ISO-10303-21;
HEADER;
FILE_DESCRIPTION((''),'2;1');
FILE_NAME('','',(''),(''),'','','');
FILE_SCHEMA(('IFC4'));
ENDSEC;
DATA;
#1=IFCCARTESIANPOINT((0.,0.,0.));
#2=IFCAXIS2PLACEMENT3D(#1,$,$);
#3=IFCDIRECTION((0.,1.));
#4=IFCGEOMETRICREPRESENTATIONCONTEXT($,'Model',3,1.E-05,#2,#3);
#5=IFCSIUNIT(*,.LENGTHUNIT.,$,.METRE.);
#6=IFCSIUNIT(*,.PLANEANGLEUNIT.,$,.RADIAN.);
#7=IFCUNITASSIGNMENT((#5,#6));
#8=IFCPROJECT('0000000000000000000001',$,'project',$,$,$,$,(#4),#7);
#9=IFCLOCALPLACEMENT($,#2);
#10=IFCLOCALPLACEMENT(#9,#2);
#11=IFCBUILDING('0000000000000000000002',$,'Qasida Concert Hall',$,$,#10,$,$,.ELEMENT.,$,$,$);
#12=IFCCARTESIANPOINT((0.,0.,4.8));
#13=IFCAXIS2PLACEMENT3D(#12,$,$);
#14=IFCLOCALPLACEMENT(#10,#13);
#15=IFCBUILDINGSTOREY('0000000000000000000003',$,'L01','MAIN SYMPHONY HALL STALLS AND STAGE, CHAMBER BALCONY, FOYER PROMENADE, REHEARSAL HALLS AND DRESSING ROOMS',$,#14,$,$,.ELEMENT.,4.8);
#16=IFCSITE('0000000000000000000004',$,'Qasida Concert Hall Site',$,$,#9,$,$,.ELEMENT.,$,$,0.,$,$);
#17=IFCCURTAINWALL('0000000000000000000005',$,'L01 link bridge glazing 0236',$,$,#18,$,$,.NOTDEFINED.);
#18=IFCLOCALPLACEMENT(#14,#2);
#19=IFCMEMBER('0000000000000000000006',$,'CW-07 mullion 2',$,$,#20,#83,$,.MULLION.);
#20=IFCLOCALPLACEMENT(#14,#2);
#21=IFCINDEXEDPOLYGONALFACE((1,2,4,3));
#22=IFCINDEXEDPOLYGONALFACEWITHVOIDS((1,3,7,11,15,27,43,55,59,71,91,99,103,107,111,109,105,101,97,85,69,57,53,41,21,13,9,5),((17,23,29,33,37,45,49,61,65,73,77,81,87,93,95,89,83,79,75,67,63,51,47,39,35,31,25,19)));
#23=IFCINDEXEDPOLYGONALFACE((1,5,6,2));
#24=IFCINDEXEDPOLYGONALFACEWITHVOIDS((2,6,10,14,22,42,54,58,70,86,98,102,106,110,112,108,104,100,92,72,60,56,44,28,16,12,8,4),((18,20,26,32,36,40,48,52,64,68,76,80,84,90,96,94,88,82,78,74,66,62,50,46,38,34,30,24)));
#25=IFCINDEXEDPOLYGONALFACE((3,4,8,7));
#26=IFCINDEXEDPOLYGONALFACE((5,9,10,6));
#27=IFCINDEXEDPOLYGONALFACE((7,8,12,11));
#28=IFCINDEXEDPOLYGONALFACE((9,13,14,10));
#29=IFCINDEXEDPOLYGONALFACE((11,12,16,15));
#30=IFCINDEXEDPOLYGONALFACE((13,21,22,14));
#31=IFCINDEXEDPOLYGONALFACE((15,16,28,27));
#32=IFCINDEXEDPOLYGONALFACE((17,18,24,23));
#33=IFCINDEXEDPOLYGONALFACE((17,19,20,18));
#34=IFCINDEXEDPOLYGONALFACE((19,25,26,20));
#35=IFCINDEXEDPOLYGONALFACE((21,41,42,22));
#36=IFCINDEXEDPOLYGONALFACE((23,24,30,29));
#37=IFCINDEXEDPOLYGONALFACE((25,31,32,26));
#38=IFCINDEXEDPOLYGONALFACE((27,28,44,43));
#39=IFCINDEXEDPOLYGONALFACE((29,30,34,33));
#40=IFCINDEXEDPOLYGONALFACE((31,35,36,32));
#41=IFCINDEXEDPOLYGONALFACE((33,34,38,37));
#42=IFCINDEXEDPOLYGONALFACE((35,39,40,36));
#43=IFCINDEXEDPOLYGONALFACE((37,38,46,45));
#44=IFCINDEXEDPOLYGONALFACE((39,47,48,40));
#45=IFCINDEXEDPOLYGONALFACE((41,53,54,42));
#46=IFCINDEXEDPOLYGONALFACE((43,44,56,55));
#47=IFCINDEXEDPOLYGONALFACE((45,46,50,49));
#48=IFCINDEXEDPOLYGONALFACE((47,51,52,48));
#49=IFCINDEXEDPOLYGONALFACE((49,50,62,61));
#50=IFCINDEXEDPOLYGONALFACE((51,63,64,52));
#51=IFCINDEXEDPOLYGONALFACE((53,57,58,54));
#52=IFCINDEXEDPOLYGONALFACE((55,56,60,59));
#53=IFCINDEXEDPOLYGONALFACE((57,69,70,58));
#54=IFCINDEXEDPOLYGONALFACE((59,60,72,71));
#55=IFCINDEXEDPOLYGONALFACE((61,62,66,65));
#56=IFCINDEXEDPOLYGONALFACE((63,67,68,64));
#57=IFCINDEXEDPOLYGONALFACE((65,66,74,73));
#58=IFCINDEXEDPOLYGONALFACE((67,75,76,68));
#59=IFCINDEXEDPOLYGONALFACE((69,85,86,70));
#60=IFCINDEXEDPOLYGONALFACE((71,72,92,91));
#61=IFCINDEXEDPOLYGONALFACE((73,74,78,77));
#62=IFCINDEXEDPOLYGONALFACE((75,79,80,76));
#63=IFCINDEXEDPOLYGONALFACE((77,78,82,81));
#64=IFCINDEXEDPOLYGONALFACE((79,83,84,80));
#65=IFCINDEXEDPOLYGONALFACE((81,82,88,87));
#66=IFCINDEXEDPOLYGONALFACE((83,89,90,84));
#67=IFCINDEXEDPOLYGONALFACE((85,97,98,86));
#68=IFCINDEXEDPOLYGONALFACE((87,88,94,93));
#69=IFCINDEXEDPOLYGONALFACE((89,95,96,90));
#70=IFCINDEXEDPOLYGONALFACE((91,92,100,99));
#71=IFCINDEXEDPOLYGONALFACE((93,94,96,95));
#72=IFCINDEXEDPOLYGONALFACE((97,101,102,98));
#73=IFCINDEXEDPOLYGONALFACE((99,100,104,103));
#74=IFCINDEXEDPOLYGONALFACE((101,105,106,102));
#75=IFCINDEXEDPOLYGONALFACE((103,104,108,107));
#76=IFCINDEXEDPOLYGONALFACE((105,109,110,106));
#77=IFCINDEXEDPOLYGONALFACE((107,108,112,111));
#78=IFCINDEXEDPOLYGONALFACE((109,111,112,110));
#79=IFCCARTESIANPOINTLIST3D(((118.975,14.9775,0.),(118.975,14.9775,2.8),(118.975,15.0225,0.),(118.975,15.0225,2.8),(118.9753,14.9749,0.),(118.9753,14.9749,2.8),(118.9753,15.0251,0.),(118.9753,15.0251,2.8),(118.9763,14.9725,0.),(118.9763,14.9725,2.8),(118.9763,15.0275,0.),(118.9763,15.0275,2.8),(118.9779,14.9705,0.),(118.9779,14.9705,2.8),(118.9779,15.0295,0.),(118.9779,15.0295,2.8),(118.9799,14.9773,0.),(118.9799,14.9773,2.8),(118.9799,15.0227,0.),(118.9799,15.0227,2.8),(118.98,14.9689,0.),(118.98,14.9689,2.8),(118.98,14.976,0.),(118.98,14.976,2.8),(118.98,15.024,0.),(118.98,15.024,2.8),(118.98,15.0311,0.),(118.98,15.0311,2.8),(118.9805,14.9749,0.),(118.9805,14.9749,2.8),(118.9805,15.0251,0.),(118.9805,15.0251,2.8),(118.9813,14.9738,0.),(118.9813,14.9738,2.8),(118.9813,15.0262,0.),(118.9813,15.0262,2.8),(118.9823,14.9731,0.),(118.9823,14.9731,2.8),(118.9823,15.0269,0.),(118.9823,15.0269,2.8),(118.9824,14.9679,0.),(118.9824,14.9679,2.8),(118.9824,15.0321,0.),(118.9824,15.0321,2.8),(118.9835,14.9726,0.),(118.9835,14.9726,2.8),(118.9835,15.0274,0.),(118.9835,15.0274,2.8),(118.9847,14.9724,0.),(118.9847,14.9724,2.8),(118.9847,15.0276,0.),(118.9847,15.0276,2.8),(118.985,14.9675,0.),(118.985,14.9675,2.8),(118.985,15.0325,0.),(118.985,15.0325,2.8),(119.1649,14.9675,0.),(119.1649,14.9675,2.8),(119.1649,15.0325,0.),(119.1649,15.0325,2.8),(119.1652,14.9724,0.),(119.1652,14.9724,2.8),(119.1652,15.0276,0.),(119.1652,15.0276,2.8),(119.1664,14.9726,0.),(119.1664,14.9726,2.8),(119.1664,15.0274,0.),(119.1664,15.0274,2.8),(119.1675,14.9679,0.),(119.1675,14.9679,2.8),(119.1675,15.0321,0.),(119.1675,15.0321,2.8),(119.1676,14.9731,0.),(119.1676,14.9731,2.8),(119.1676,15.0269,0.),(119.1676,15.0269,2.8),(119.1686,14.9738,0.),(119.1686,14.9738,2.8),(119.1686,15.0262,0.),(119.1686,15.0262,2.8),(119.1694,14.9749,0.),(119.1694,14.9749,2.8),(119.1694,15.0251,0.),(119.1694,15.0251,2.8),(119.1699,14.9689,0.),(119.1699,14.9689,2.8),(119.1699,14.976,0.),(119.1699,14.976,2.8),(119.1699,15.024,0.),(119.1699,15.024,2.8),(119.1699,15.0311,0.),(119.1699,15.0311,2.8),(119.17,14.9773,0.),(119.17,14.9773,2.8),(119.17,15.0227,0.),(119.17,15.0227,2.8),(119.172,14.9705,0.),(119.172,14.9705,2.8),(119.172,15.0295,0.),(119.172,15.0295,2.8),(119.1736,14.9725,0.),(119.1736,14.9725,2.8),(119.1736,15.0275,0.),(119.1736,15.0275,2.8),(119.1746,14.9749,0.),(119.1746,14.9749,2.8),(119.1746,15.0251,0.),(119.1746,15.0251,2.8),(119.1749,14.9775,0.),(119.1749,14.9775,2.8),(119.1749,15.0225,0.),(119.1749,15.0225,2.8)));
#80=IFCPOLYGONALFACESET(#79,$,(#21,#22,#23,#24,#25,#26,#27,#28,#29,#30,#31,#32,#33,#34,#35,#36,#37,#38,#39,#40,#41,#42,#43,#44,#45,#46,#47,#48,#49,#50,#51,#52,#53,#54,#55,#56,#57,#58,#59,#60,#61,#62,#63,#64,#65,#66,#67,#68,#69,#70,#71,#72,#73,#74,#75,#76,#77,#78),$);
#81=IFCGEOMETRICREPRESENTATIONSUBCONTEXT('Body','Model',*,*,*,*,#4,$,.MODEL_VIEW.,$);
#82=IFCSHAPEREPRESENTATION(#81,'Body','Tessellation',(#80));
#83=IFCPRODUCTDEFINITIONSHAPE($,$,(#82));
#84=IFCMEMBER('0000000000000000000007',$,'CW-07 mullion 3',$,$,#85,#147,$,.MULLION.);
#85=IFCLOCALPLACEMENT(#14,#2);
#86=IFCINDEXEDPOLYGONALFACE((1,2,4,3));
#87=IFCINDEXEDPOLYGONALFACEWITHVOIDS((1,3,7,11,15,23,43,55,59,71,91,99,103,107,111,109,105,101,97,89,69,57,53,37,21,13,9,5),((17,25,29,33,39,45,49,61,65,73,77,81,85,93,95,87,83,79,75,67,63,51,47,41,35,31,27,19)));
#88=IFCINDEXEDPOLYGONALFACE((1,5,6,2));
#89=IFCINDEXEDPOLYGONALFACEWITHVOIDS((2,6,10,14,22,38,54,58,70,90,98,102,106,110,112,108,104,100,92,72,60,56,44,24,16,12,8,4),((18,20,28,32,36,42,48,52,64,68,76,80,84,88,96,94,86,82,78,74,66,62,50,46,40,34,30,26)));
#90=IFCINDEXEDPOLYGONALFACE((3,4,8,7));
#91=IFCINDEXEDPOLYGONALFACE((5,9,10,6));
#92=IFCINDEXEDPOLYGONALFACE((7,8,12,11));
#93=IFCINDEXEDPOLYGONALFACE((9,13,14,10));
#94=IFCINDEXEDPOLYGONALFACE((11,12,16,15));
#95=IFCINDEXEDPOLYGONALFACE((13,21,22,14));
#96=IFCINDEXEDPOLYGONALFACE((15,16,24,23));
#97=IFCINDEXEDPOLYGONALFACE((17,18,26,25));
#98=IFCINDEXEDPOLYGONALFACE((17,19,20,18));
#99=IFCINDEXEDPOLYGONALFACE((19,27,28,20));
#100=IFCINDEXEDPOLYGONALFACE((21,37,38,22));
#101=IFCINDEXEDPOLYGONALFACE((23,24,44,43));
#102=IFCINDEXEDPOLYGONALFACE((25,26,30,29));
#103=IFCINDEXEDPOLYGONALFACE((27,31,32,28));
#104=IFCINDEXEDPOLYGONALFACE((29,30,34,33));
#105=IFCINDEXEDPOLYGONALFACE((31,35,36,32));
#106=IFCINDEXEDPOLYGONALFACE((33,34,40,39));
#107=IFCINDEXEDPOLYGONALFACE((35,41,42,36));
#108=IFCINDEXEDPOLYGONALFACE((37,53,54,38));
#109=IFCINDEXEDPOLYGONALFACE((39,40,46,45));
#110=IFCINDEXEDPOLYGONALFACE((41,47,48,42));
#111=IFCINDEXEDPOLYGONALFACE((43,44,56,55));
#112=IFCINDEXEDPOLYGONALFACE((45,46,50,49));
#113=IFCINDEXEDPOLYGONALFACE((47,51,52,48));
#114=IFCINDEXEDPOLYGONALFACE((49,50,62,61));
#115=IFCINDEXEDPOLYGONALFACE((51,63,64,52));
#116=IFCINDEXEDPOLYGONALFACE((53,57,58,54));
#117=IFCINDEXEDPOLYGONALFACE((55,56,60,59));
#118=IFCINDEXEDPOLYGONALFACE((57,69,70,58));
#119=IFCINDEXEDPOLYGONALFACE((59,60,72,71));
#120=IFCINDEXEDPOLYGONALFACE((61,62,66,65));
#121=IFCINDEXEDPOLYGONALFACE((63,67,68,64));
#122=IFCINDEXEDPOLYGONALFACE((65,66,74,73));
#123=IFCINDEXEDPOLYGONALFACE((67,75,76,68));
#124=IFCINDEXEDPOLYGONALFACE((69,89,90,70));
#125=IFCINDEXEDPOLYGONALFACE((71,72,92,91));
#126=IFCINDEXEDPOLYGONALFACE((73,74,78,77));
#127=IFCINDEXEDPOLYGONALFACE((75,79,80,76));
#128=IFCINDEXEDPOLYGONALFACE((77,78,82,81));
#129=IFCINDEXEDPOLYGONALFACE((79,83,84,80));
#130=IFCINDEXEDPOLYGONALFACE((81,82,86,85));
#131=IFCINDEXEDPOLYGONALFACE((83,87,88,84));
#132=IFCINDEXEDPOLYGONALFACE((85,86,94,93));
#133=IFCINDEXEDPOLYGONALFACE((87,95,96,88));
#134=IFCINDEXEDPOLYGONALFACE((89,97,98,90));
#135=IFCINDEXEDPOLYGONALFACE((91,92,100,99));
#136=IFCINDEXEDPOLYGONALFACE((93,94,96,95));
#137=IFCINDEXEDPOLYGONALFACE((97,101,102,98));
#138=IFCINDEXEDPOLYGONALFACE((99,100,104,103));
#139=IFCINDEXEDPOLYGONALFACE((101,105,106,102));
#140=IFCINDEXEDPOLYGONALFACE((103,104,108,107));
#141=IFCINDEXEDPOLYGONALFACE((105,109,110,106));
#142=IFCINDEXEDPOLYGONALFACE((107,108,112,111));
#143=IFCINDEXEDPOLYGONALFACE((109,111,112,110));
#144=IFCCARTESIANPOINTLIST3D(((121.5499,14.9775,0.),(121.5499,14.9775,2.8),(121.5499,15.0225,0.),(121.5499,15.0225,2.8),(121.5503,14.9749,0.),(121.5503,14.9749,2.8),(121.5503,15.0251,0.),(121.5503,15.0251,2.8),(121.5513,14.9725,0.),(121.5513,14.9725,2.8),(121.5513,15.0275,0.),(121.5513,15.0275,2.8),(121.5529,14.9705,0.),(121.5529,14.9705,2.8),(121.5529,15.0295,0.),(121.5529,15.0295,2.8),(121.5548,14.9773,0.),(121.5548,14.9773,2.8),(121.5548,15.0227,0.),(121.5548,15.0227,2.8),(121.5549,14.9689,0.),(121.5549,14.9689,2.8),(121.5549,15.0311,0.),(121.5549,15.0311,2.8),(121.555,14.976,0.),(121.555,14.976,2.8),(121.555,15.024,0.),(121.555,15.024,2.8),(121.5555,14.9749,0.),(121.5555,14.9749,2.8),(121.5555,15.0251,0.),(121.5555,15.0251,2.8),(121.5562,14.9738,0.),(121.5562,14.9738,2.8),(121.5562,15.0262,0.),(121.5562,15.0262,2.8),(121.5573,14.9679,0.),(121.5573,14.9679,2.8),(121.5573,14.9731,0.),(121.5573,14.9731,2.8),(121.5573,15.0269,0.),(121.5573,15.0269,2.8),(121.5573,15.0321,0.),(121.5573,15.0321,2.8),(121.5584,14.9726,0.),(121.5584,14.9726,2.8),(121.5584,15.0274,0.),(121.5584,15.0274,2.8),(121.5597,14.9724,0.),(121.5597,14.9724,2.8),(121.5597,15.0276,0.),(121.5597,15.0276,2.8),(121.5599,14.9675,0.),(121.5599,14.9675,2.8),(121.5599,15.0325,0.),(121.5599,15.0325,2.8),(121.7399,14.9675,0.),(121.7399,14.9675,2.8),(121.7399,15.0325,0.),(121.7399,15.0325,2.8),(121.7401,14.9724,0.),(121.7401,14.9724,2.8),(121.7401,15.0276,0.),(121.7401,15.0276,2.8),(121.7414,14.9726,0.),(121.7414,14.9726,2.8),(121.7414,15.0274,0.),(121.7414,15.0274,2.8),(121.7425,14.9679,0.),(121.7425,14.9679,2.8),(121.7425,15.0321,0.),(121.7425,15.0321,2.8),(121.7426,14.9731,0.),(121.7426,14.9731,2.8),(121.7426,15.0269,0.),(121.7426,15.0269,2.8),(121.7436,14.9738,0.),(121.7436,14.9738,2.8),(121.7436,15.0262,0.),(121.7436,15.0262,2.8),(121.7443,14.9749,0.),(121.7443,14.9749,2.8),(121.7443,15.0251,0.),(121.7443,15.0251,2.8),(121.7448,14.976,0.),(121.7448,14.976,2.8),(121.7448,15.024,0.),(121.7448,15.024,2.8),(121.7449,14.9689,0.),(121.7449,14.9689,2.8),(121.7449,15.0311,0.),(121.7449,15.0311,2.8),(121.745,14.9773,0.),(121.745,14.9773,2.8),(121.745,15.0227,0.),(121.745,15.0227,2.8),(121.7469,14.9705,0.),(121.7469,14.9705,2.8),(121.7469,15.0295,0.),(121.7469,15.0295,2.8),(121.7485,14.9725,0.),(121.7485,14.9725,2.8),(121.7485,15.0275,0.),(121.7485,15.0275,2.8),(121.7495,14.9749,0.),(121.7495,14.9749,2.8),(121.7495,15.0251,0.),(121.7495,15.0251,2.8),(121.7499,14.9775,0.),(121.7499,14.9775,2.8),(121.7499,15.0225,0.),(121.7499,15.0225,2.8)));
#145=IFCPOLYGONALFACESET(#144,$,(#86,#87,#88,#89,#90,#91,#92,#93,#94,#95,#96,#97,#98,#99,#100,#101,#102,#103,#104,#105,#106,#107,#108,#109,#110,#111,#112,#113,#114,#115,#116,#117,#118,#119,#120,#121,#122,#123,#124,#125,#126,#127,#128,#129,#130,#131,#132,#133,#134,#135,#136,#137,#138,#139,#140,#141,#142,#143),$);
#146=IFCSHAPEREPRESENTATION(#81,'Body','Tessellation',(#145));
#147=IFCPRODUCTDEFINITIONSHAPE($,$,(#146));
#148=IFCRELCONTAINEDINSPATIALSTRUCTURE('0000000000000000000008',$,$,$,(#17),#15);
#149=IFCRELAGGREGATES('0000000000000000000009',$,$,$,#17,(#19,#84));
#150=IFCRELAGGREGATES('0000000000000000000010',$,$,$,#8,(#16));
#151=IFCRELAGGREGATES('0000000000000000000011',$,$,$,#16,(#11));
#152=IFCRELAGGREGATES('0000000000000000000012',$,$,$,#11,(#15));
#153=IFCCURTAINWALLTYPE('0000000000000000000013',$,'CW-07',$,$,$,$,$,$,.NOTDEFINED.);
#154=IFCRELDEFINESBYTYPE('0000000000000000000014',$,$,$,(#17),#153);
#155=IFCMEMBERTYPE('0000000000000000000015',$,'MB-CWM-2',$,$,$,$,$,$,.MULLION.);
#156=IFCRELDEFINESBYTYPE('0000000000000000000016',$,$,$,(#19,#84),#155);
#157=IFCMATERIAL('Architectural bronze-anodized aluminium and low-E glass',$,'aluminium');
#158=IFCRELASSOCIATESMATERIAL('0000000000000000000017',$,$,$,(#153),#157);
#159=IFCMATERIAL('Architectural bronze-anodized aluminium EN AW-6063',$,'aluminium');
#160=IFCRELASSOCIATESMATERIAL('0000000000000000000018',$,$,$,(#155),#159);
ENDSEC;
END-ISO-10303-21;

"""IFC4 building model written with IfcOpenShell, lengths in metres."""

from ifc_helpers import new_model, si_unit, direction, frame, origin, origin_2d, place, context, subcontext, project, spatial, hollow_rectangle, extrude, material, material_profile, profile_set, type_object, element, aggregate, save


model = new_model("IFC4")

# Units and contexts
model_context = context("Model", 3, precision=1e-05, world=origin(), true_north=direction((0.0, 1.0)))
body_context = subcontext(model_context, "Body", "Model", "MODEL_VIEW")
ifc_project = project(units=[si_unit("LENGTHUNIT", "METRE"), si_unit("PLANEANGLEUNIT", "RADIAN")], contexts=[model_context])

# Site, building, storey
site_placement = place(None, origin())
site = spatial("IfcSite", under=ifc_project, at=site_placement, Name="Qasida Concert Hall Site", CompositionType="ELEMENT", RefElevation=0.0)
building_placement = place(site_placement, origin())
building = spatial("IfcBuilding", under=site, at=building_placement, Name="Qasida Concert Hall", CompositionType="ELEMENT")
storey_placement = place(building_placement, frame((0.0, 0.0, 4.8)))
storey = spatial("IfcBuildingStorey", under=building, at=storey_placement, Name="L01", Description="MAIN SYMPHONY HALL STALLS AND STAGE, CHAMBER BALCONY, FOYER PROMENADE, REHEARSAL HALLS AND DRESSING ROOMS", CompositionType="ELEMENT", Elevation=4.8)

# Curtain wall, members
ifc_material_1 = material(Name="Architectural bronze-anodized aluminium and low-E glass", Category="aluminium")
curtain_wall_type = type_object("IfcCurtainWallType", Name="CW-07", PredefinedType="NOTDEFINED", material=ifc_material_1)
curtain_wall_1_placement = place(storey_placement, origin())
curtain_wall_1 = element("IfcCurtainWall", 1, at=curtain_wall_1_placement, inside=storey, type_object=curtain_wall_type, Name="L01 link bridge glazing 0236", PredefinedType="NOTDEFINED")
ifc_material_2 = material(Name="Architectural bronze-anodized aluminium EN AW-6063", Category="aluminium")
ifc_material_profile_1 = material_profile(ifc_material_2, hollow_rectangle(XDim=0.0649, YDim=0.2, WallThickness=0.0049, InnerFilletRadius=0.0049, OuterFilletRadius=0.01, at=origin_2d()), Name="CWM 200x65x5")
ifc_profile_set_1 = profile_set([ifc_material_profile_1], Name="Architectural bronze-anodized aluminium EN AW-6063")
member_type_1 = type_object("IfcMemberType", Name="MB-CWM-2", PredefinedType="MULLION", material=ifc_profile_set_1)
member_1_placement = place(storey_placement, frame((119.075, 15.0, 0.0), z_axis=(0.0, 0.0, 1.0), x_axis=(0.0, 1.0, 0.0)))
member_1 = element("IfcMember", 2, at=member_1_placement, type_object=member_type_1, Name="CW-07 mullion 2", PredefinedType="MULLION", context=body_context, shape_type="SweptSolid", body=[
    extrude(hollow_rectangle(XDim=0.0649, YDim=0.2, WallThickness=0.0049, InnerFilletRadius=0.0049, OuterFilletRadius=0.01, at=origin_2d()), origin(), (0.0, 0.0, 1.0), 2.8),
])
member_2_placement = place(storey_placement, frame((121.6499, 15.0, 0.0), z_axis=(0.0, 0.0, 1.0), x_axis=(0.0, 1.0, 0.0)))
member_2 = element("IfcMember", 3, at=member_2_placement, type_object=member_type_1, Name="CW-07 mullion 3", PredefinedType="MULLION", context=body_context, shape_type="SweptSolid", body=[
    extrude(hollow_rectangle(XDim=0.0649, YDim=0.2, WallThickness=0.0049, InnerFilletRadius=0.0049, OuterFilletRadius=0.01, at=origin_2d()), origin(), (0.0, 0.0, 1.0), 2.8),
])

aggregate(curtain_wall_1, [member_1, member_2])

save(model, "model.ifc")
